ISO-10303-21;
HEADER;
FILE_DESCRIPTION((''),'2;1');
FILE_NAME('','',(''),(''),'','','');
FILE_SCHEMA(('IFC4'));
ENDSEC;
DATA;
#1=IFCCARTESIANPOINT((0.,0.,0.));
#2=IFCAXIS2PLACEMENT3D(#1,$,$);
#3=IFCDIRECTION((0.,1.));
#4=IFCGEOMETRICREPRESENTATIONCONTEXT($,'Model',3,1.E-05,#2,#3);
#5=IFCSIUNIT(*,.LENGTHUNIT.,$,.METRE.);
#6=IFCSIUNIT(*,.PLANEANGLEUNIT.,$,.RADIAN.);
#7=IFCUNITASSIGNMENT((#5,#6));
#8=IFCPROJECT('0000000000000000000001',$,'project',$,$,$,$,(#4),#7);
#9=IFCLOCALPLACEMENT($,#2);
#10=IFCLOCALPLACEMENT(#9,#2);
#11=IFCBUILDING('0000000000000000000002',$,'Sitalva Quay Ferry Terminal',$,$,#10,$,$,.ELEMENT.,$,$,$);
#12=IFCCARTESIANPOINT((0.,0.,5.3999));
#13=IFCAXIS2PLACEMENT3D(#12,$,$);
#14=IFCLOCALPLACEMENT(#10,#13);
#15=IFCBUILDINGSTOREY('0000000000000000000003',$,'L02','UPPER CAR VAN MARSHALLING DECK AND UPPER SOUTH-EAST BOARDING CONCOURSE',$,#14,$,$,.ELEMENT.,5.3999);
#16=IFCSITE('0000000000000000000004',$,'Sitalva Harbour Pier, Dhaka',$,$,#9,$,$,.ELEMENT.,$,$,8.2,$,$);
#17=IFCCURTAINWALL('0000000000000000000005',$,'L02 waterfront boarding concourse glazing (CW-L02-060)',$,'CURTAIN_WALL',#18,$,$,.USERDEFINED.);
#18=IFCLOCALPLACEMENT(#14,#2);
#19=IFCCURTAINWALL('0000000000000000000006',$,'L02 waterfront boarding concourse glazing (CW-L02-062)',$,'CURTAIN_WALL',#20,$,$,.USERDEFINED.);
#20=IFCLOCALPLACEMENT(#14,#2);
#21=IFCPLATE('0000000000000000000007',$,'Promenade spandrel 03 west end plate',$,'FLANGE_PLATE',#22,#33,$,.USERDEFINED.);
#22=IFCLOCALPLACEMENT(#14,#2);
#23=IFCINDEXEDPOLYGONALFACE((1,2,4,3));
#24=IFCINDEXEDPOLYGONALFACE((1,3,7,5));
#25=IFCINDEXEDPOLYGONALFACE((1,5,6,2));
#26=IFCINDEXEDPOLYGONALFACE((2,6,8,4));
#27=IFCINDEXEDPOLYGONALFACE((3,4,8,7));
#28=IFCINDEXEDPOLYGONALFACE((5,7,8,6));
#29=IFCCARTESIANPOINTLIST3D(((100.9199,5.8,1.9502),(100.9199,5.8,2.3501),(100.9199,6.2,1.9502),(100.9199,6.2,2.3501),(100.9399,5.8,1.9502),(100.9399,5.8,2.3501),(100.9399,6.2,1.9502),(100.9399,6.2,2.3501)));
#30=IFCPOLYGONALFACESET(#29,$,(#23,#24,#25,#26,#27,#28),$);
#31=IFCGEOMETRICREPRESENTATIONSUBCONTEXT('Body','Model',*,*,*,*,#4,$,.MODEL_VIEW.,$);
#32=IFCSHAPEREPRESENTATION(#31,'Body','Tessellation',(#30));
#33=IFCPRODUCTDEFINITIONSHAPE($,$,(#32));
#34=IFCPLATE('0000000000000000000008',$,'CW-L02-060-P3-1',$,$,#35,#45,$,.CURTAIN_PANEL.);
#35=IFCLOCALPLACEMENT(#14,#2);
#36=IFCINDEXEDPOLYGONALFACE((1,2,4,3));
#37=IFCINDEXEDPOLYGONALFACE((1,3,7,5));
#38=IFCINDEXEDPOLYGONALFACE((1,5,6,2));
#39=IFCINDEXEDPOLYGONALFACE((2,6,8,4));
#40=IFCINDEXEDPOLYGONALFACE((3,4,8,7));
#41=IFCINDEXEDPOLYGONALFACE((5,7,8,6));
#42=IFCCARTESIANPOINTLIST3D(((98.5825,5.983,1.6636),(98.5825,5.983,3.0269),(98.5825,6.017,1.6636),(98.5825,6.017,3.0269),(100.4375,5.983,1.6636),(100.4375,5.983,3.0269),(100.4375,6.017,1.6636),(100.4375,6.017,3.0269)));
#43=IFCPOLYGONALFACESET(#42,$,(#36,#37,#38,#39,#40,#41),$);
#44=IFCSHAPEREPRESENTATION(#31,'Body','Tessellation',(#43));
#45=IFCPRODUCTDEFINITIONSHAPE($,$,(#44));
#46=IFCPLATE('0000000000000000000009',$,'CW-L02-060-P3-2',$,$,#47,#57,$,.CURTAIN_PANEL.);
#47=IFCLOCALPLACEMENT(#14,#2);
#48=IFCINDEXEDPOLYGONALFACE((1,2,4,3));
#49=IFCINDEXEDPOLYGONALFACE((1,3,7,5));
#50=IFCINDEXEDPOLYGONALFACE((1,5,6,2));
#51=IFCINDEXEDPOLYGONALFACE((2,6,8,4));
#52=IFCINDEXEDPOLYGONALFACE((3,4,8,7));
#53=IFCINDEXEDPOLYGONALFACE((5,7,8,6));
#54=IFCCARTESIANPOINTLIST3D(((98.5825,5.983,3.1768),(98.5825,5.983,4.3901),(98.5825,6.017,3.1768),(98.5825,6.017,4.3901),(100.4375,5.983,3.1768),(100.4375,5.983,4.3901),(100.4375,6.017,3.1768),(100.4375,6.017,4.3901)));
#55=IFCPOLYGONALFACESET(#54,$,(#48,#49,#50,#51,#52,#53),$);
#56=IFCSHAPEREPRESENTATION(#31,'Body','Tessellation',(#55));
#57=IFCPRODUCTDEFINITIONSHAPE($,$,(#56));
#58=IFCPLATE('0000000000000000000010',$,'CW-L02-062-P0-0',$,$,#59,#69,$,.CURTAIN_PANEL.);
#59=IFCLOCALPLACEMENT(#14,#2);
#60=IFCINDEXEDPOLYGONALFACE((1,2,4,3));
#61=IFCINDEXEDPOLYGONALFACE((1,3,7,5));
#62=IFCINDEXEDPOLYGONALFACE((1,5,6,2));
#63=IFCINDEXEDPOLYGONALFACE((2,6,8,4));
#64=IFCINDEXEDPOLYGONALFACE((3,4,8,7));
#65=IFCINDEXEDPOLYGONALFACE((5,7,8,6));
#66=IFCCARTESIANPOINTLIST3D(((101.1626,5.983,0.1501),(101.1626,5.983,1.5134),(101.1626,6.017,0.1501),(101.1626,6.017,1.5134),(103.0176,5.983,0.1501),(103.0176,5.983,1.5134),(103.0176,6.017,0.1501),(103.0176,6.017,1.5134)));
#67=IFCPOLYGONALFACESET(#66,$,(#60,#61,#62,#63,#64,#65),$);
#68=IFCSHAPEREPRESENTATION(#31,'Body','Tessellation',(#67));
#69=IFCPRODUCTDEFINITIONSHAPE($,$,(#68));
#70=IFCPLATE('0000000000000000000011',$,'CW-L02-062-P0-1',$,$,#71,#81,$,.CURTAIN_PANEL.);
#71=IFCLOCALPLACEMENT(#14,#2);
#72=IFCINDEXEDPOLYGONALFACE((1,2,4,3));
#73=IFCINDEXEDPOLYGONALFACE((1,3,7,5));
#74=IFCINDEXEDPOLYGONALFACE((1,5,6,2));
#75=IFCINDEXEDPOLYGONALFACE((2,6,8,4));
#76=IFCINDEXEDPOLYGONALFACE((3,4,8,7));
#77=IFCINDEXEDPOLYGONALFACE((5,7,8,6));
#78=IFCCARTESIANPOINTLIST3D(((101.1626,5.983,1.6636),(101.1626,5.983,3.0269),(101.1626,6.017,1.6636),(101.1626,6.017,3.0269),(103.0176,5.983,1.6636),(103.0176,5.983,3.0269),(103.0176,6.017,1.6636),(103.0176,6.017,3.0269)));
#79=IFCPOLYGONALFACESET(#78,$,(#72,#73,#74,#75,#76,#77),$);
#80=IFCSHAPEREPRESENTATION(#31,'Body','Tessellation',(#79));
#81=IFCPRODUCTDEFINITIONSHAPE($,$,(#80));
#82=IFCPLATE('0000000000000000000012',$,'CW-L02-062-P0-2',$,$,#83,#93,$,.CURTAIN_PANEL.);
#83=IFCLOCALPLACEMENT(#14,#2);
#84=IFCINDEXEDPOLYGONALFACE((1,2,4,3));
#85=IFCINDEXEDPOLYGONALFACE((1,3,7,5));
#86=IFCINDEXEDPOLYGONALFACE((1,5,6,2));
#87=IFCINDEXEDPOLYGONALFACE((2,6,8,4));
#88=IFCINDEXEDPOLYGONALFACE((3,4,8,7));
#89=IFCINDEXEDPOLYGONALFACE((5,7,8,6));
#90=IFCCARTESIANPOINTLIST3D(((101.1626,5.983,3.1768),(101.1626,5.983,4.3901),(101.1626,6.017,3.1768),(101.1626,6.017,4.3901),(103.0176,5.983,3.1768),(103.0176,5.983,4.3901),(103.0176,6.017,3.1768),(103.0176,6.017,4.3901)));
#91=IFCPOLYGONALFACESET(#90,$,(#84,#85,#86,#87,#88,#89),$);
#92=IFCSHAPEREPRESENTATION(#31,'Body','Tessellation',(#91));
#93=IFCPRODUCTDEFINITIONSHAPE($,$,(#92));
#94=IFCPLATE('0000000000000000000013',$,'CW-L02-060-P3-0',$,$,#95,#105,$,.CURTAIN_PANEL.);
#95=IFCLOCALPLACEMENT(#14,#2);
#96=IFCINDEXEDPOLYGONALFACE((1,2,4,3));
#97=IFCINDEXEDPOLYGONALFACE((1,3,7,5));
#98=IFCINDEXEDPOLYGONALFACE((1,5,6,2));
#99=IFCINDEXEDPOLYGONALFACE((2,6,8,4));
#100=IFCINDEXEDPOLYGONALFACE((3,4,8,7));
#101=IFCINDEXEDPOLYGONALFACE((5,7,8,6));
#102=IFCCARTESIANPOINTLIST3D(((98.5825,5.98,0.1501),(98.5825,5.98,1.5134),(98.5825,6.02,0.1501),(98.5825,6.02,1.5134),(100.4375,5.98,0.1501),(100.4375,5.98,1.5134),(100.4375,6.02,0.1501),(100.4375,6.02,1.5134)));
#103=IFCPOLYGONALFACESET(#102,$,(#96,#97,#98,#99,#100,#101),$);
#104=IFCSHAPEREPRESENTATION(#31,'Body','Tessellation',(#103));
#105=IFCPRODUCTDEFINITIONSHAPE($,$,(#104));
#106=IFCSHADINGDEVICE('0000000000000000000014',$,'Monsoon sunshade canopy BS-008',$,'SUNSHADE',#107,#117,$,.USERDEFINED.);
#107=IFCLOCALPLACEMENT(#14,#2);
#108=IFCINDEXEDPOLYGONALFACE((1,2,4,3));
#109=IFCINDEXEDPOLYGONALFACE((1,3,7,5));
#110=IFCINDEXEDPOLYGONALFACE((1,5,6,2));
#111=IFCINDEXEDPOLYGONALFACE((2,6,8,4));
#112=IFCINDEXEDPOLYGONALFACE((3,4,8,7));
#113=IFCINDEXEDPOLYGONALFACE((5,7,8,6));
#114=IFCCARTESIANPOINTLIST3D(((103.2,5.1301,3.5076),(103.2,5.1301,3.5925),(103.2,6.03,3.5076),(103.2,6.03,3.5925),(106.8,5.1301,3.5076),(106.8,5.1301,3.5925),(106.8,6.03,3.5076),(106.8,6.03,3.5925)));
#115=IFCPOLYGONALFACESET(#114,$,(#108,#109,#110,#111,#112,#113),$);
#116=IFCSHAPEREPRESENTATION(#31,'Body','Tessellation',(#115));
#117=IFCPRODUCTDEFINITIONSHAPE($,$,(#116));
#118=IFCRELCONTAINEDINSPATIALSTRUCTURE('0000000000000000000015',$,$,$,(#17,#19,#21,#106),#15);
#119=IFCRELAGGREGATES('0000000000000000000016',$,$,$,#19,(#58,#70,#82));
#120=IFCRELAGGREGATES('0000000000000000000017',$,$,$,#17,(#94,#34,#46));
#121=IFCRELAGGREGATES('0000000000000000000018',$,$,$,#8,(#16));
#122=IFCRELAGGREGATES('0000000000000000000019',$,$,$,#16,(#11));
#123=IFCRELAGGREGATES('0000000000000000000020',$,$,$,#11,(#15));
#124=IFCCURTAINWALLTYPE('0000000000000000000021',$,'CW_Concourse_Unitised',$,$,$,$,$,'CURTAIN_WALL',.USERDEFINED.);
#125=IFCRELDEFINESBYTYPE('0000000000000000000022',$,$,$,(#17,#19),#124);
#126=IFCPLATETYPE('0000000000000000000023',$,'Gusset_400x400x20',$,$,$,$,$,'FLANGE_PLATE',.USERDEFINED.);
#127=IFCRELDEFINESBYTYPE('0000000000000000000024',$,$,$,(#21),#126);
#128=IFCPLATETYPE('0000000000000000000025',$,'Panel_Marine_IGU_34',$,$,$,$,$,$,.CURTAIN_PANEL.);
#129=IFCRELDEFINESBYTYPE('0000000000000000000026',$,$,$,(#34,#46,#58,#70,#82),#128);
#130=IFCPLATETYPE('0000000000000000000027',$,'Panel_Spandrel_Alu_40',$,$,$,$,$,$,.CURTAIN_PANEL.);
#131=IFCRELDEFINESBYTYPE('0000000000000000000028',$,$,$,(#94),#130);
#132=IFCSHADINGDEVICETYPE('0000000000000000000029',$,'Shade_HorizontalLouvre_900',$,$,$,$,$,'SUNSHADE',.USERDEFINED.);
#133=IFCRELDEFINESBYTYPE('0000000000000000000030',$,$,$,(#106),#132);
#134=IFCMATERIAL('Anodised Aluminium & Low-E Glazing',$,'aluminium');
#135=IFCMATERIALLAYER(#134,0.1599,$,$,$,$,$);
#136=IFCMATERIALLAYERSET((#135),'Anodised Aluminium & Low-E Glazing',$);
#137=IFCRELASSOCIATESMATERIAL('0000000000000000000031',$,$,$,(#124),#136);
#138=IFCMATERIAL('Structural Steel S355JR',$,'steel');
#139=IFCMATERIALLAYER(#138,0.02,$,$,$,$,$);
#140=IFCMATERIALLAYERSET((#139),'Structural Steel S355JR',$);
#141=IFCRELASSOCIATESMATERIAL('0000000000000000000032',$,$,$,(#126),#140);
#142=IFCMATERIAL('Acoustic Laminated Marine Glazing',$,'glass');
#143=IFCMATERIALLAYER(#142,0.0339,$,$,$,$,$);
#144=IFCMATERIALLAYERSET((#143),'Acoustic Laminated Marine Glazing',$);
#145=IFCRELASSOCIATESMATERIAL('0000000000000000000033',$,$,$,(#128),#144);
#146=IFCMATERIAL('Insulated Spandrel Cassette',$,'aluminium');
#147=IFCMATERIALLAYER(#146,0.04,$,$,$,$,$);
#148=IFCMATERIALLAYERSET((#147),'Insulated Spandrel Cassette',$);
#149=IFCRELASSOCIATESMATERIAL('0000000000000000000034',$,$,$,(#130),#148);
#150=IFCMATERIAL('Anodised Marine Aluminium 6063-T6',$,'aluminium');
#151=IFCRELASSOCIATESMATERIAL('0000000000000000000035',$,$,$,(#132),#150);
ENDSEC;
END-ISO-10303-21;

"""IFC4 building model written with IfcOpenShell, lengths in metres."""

from ifc_helpers import new_model, si_unit, direction, frame, origin, origin_2d, place, context, subcontext, project, spatial, rectangle, extrude, material, layer, layer_set, type_object, element, aggregate, save


model = new_model("IFC4")

# Units and contexts
model_context = context("Model", 3, precision=1e-05, world=origin(), true_north=direction((0.0, 1.0)))
body_context = subcontext(model_context, "Body", "Model", "MODEL_VIEW")
ifc_project = project(units=[si_unit("LENGTHUNIT", "METRE"), si_unit("PLANEANGLEUNIT", "RADIAN")], contexts=[model_context])

# Site, building, storey
site_placement = place(None, origin())
site = spatial("IfcSite", under=ifc_project, at=site_placement, Name="Sitalva Harbour Pier, Dhaka", CompositionType="ELEMENT", RefElevation=8.2)
building_placement = place(site_placement, origin())
building = spatial("IfcBuilding", under=site, at=building_placement, Name="Sitalva Quay Ferry Terminal", CompositionType="ELEMENT")
storey_placement = place(building_placement, frame((0.0, 0.0, 5.3999)))
storey = spatial("IfcBuildingStorey", under=building, at=storey_placement, Name="L02", Description="UPPER CAR VAN MARSHALLING DECK AND UPPER SOUTH-EAST BOARDING CONCOURSE", CompositionType="ELEMENT", Elevation=5.3999)

# Curtain walls
ifc_material_1 = material(Name="Anodised Aluminium & Low-E Glazing", Category="aluminium")
ifc_layer_1 = layer(ifc_material_1, 0.1599)
ifc_layer_set_1 = layer_set([ifc_layer_1], Name="Anodised Aluminium & Low-E Glazing")
curtain_wall_type = type_object("IfcCurtainWallType", Name="CW_Concourse_Unitised", ElementType="CURTAIN_WALL", PredefinedType="USERDEFINED", material=ifc_layer_set_1)
curtain_wall_1_placement = place(storey_placement, origin())
curtain_wall_1 = element("IfcCurtainWall", 1, at=curtain_wall_1_placement, inside=storey, type_object=curtain_wall_type, Name="L02 waterfront boarding concourse glazing (CW-L02-060)", ObjectType="CURTAIN_WALL", PredefinedType="USERDEFINED")
curtain_wall_2_placement = place(storey_placement, origin())
curtain_wall_2 = element("IfcCurtainWall", 2, at=curtain_wall_2_placement, inside=storey, type_object=curtain_wall_type, Name="L02 waterfront boarding concourse glazing (CW-L02-062)", ObjectType="CURTAIN_WALL", PredefinedType="USERDEFINED")

# Plate
ifc_material_2 = material(Name="Structural Steel S355JR", Category="steel")
ifc_layer_2 = layer(ifc_material_2, 0.02)
ifc_layer_set_2 = layer_set([ifc_layer_2], Name="Structural Steel S355JR")
plate_type_1 = type_object("IfcPlateType", Name="Gusset_400x400x20", ElementType="FLANGE_PLATE", PredefinedType="USERDEFINED", material=ifc_layer_set_2)
for number, where, z_axis, x_axis, name in (
    (3, (100.9299, 6.0, 1.9502), (0.0, 0.0, 1.0), (1.0, 0.0, 0.0), "Promenade spandrel 03 west end plate"),
):
    element("IfcPlate", number, at=place(storey_placement, frame(where, z_axis=z_axis, x_axis=x_axis)), inside=storey, type_object=plate_type_1, Name=name, ObjectType="FLANGE_PLATE", PredefinedType="USERDEFINED", context=body_context, shape_type="SweptSolid", body=[
        extrude(rectangle(XDim=0.02, YDim=0.3999, at=origin_2d()), origin(), (0.0, 0.0, 1.0), 0.3999),
    ])

# Plates
ifc_material_3 = material(Name="Acoustic Laminated Marine Glazing", Category="glass")
ifc_layer_3 = layer(ifc_material_3, 0.0339)
ifc_layer_set_3 = layer_set([ifc_layer_3], Name="Acoustic Laminated Marine Glazing")
plate_type_2 = type_object("IfcPlateType", Name="Panel_Marine_IGU_34", PredefinedType="CURTAIN_PANEL", material=ifc_layer_set_3)
plate_1_placement = place(storey_placement, frame((99.51, 6.0, 1.6636), z_axis=(0.0, 0.0, 1.0), x_axis=(1.0, 0.0, 0.0)))
plate_1 = element("IfcPlate", 4, at=plate_1_placement, type_object=plate_type_2, Name="CW-L02-060-P3-1", PredefinedType="CURTAIN_PANEL", context=body_context, shape_type="SweptSolid", body=[
    extrude(rectangle(XDim=1.855, YDim=0.0339, at=origin_2d()), origin(), (0.0, 0.0, 1.0), 1.3633),
])
plate_2_placement = place(storey_placement, frame((99.51, 6.0, 3.1768), z_axis=(0.0, 0.0, 1.0), x_axis=(1.0, 0.0, 0.0)))
plate_2 = element("IfcPlate", 5, at=plate_2_placement, type_object=plate_type_2, Name="CW-L02-060-P3-2", PredefinedType="CURTAIN_PANEL", context=body_context, shape_type="SweptSolid", body=[
    extrude(rectangle(XDim=1.855, YDim=0.0339, at=origin_2d()), origin(), (0.0, 0.0, 1.0), 1.2134),
])
plate_3_placement = place(storey_placement, frame((102.0901, 6.0, 0.1501), z_axis=(0.0, 0.0, 1.0), x_axis=(1.0, 0.0, 0.0)))
plate_3 = element("IfcPlate", 6, at=plate_3_placement, type_object=plate_type_2, Name="CW-L02-062-P0-0", PredefinedType="CURTAIN_PANEL", context=body_context, shape_type="SweptSolid", body=[
    extrude(rectangle(XDim=1.855, YDim=0.0339, at=origin_2d()), origin(), (0.0, 0.0, 1.0), 1.3633),
])
plate_4_placement = place(storey_placement, frame((102.0901, 6.0, 1.6636), z_axis=(0.0, 0.0, 1.0), x_axis=(1.0, 0.0, 0.0)))
plate_4 = element("IfcPlate", 7, at=plate_4_placement, type_object=plate_type_2, Name="CW-L02-062-P0-1", PredefinedType="CURTAIN_PANEL", context=body_context, shape_type="SweptSolid", body=[
    extrude(rectangle(XDim=1.855, YDim=0.0339, at=origin_2d()), origin(), (0.0, 0.0, 1.0), 1.3633),
])
plate_5_placement = place(storey_placement, frame((102.0901, 6.0, 3.1768), z_axis=(0.0, 0.0, 1.0), x_axis=(1.0, 0.0, 0.0)))
plate_5 = element("IfcPlate", 8, at=plate_5_placement, type_object=plate_type_2, Name="CW-L02-062-P0-2", PredefinedType="CURTAIN_PANEL", context=body_context, shape_type="SweptSolid", body=[
    extrude(rectangle(XDim=1.855, YDim=0.0339, at=origin_2d()), origin(), (0.0, 0.0, 1.0), 1.2134),
])
aggregate(curtain_wall_2, [plate_3, plate_4, plate_5])
ifc_material_4 = material(Name="Insulated Spandrel Cassette", Category="aluminium")
ifc_layer_4 = layer(ifc_material_4, 0.04)
ifc_layer_set_4 = layer_set([ifc_layer_4], Name="Insulated Spandrel Cassette")
plate_type_3 = type_object("IfcPlateType", Name="Panel_Spandrel_Alu_40", PredefinedType="CURTAIN_PANEL", material=ifc_layer_set_4)
plate_6_placement = place(storey_placement, frame((99.51, 6.0, 0.1501), z_axis=(0.0, 0.0, 1.0), x_axis=(1.0, 0.0, 0.0)))
plate_6 = element("IfcPlate", 9, at=plate_6_placement, type_object=plate_type_3, Name="CW-L02-060-P3-0", PredefinedType="CURTAIN_PANEL", context=body_context, shape_type="SweptSolid", body=[
    extrude(rectangle(XDim=1.855, YDim=0.04, at=origin_2d()), origin(), (0.0, 0.0, 1.0), 1.3633),
])
aggregate(curtain_wall_1, [plate_6, plate_1, plate_2])

# Shading device
ifc_material_5 = material(Name="Anodised Marine Aluminium 6063-T6", Category="aluminium")
shading_device_type = type_object("IfcShadingDeviceType", Name="Shade_HorizontalLouvre_900", ElementType="SUNSHADE", PredefinedType="USERDEFINED", material=ifc_material_5)
shading_device_placement = place(storey_placement, frame((105.0, 5.5801, 3.5076), z_axis=(0.0, 0.0, 1.0), x_axis=(1.0, 0.0, 0.0)))
element("IfcShadingDevice", 10, at=shading_device_placement, inside=storey, type_object=shading_device_type, Name="Monsoon sunshade canopy BS-008", ObjectType="SUNSHADE", PredefinedType="USERDEFINED", context=body_context, shape_type="SweptSolid", body=[
    extrude(rectangle(XDim=3.6001, YDim=0.8999, at=origin_2d()), origin(), (0.0, 0.0, 1.0), 0.085),
])

save(model, "model.ifc")
